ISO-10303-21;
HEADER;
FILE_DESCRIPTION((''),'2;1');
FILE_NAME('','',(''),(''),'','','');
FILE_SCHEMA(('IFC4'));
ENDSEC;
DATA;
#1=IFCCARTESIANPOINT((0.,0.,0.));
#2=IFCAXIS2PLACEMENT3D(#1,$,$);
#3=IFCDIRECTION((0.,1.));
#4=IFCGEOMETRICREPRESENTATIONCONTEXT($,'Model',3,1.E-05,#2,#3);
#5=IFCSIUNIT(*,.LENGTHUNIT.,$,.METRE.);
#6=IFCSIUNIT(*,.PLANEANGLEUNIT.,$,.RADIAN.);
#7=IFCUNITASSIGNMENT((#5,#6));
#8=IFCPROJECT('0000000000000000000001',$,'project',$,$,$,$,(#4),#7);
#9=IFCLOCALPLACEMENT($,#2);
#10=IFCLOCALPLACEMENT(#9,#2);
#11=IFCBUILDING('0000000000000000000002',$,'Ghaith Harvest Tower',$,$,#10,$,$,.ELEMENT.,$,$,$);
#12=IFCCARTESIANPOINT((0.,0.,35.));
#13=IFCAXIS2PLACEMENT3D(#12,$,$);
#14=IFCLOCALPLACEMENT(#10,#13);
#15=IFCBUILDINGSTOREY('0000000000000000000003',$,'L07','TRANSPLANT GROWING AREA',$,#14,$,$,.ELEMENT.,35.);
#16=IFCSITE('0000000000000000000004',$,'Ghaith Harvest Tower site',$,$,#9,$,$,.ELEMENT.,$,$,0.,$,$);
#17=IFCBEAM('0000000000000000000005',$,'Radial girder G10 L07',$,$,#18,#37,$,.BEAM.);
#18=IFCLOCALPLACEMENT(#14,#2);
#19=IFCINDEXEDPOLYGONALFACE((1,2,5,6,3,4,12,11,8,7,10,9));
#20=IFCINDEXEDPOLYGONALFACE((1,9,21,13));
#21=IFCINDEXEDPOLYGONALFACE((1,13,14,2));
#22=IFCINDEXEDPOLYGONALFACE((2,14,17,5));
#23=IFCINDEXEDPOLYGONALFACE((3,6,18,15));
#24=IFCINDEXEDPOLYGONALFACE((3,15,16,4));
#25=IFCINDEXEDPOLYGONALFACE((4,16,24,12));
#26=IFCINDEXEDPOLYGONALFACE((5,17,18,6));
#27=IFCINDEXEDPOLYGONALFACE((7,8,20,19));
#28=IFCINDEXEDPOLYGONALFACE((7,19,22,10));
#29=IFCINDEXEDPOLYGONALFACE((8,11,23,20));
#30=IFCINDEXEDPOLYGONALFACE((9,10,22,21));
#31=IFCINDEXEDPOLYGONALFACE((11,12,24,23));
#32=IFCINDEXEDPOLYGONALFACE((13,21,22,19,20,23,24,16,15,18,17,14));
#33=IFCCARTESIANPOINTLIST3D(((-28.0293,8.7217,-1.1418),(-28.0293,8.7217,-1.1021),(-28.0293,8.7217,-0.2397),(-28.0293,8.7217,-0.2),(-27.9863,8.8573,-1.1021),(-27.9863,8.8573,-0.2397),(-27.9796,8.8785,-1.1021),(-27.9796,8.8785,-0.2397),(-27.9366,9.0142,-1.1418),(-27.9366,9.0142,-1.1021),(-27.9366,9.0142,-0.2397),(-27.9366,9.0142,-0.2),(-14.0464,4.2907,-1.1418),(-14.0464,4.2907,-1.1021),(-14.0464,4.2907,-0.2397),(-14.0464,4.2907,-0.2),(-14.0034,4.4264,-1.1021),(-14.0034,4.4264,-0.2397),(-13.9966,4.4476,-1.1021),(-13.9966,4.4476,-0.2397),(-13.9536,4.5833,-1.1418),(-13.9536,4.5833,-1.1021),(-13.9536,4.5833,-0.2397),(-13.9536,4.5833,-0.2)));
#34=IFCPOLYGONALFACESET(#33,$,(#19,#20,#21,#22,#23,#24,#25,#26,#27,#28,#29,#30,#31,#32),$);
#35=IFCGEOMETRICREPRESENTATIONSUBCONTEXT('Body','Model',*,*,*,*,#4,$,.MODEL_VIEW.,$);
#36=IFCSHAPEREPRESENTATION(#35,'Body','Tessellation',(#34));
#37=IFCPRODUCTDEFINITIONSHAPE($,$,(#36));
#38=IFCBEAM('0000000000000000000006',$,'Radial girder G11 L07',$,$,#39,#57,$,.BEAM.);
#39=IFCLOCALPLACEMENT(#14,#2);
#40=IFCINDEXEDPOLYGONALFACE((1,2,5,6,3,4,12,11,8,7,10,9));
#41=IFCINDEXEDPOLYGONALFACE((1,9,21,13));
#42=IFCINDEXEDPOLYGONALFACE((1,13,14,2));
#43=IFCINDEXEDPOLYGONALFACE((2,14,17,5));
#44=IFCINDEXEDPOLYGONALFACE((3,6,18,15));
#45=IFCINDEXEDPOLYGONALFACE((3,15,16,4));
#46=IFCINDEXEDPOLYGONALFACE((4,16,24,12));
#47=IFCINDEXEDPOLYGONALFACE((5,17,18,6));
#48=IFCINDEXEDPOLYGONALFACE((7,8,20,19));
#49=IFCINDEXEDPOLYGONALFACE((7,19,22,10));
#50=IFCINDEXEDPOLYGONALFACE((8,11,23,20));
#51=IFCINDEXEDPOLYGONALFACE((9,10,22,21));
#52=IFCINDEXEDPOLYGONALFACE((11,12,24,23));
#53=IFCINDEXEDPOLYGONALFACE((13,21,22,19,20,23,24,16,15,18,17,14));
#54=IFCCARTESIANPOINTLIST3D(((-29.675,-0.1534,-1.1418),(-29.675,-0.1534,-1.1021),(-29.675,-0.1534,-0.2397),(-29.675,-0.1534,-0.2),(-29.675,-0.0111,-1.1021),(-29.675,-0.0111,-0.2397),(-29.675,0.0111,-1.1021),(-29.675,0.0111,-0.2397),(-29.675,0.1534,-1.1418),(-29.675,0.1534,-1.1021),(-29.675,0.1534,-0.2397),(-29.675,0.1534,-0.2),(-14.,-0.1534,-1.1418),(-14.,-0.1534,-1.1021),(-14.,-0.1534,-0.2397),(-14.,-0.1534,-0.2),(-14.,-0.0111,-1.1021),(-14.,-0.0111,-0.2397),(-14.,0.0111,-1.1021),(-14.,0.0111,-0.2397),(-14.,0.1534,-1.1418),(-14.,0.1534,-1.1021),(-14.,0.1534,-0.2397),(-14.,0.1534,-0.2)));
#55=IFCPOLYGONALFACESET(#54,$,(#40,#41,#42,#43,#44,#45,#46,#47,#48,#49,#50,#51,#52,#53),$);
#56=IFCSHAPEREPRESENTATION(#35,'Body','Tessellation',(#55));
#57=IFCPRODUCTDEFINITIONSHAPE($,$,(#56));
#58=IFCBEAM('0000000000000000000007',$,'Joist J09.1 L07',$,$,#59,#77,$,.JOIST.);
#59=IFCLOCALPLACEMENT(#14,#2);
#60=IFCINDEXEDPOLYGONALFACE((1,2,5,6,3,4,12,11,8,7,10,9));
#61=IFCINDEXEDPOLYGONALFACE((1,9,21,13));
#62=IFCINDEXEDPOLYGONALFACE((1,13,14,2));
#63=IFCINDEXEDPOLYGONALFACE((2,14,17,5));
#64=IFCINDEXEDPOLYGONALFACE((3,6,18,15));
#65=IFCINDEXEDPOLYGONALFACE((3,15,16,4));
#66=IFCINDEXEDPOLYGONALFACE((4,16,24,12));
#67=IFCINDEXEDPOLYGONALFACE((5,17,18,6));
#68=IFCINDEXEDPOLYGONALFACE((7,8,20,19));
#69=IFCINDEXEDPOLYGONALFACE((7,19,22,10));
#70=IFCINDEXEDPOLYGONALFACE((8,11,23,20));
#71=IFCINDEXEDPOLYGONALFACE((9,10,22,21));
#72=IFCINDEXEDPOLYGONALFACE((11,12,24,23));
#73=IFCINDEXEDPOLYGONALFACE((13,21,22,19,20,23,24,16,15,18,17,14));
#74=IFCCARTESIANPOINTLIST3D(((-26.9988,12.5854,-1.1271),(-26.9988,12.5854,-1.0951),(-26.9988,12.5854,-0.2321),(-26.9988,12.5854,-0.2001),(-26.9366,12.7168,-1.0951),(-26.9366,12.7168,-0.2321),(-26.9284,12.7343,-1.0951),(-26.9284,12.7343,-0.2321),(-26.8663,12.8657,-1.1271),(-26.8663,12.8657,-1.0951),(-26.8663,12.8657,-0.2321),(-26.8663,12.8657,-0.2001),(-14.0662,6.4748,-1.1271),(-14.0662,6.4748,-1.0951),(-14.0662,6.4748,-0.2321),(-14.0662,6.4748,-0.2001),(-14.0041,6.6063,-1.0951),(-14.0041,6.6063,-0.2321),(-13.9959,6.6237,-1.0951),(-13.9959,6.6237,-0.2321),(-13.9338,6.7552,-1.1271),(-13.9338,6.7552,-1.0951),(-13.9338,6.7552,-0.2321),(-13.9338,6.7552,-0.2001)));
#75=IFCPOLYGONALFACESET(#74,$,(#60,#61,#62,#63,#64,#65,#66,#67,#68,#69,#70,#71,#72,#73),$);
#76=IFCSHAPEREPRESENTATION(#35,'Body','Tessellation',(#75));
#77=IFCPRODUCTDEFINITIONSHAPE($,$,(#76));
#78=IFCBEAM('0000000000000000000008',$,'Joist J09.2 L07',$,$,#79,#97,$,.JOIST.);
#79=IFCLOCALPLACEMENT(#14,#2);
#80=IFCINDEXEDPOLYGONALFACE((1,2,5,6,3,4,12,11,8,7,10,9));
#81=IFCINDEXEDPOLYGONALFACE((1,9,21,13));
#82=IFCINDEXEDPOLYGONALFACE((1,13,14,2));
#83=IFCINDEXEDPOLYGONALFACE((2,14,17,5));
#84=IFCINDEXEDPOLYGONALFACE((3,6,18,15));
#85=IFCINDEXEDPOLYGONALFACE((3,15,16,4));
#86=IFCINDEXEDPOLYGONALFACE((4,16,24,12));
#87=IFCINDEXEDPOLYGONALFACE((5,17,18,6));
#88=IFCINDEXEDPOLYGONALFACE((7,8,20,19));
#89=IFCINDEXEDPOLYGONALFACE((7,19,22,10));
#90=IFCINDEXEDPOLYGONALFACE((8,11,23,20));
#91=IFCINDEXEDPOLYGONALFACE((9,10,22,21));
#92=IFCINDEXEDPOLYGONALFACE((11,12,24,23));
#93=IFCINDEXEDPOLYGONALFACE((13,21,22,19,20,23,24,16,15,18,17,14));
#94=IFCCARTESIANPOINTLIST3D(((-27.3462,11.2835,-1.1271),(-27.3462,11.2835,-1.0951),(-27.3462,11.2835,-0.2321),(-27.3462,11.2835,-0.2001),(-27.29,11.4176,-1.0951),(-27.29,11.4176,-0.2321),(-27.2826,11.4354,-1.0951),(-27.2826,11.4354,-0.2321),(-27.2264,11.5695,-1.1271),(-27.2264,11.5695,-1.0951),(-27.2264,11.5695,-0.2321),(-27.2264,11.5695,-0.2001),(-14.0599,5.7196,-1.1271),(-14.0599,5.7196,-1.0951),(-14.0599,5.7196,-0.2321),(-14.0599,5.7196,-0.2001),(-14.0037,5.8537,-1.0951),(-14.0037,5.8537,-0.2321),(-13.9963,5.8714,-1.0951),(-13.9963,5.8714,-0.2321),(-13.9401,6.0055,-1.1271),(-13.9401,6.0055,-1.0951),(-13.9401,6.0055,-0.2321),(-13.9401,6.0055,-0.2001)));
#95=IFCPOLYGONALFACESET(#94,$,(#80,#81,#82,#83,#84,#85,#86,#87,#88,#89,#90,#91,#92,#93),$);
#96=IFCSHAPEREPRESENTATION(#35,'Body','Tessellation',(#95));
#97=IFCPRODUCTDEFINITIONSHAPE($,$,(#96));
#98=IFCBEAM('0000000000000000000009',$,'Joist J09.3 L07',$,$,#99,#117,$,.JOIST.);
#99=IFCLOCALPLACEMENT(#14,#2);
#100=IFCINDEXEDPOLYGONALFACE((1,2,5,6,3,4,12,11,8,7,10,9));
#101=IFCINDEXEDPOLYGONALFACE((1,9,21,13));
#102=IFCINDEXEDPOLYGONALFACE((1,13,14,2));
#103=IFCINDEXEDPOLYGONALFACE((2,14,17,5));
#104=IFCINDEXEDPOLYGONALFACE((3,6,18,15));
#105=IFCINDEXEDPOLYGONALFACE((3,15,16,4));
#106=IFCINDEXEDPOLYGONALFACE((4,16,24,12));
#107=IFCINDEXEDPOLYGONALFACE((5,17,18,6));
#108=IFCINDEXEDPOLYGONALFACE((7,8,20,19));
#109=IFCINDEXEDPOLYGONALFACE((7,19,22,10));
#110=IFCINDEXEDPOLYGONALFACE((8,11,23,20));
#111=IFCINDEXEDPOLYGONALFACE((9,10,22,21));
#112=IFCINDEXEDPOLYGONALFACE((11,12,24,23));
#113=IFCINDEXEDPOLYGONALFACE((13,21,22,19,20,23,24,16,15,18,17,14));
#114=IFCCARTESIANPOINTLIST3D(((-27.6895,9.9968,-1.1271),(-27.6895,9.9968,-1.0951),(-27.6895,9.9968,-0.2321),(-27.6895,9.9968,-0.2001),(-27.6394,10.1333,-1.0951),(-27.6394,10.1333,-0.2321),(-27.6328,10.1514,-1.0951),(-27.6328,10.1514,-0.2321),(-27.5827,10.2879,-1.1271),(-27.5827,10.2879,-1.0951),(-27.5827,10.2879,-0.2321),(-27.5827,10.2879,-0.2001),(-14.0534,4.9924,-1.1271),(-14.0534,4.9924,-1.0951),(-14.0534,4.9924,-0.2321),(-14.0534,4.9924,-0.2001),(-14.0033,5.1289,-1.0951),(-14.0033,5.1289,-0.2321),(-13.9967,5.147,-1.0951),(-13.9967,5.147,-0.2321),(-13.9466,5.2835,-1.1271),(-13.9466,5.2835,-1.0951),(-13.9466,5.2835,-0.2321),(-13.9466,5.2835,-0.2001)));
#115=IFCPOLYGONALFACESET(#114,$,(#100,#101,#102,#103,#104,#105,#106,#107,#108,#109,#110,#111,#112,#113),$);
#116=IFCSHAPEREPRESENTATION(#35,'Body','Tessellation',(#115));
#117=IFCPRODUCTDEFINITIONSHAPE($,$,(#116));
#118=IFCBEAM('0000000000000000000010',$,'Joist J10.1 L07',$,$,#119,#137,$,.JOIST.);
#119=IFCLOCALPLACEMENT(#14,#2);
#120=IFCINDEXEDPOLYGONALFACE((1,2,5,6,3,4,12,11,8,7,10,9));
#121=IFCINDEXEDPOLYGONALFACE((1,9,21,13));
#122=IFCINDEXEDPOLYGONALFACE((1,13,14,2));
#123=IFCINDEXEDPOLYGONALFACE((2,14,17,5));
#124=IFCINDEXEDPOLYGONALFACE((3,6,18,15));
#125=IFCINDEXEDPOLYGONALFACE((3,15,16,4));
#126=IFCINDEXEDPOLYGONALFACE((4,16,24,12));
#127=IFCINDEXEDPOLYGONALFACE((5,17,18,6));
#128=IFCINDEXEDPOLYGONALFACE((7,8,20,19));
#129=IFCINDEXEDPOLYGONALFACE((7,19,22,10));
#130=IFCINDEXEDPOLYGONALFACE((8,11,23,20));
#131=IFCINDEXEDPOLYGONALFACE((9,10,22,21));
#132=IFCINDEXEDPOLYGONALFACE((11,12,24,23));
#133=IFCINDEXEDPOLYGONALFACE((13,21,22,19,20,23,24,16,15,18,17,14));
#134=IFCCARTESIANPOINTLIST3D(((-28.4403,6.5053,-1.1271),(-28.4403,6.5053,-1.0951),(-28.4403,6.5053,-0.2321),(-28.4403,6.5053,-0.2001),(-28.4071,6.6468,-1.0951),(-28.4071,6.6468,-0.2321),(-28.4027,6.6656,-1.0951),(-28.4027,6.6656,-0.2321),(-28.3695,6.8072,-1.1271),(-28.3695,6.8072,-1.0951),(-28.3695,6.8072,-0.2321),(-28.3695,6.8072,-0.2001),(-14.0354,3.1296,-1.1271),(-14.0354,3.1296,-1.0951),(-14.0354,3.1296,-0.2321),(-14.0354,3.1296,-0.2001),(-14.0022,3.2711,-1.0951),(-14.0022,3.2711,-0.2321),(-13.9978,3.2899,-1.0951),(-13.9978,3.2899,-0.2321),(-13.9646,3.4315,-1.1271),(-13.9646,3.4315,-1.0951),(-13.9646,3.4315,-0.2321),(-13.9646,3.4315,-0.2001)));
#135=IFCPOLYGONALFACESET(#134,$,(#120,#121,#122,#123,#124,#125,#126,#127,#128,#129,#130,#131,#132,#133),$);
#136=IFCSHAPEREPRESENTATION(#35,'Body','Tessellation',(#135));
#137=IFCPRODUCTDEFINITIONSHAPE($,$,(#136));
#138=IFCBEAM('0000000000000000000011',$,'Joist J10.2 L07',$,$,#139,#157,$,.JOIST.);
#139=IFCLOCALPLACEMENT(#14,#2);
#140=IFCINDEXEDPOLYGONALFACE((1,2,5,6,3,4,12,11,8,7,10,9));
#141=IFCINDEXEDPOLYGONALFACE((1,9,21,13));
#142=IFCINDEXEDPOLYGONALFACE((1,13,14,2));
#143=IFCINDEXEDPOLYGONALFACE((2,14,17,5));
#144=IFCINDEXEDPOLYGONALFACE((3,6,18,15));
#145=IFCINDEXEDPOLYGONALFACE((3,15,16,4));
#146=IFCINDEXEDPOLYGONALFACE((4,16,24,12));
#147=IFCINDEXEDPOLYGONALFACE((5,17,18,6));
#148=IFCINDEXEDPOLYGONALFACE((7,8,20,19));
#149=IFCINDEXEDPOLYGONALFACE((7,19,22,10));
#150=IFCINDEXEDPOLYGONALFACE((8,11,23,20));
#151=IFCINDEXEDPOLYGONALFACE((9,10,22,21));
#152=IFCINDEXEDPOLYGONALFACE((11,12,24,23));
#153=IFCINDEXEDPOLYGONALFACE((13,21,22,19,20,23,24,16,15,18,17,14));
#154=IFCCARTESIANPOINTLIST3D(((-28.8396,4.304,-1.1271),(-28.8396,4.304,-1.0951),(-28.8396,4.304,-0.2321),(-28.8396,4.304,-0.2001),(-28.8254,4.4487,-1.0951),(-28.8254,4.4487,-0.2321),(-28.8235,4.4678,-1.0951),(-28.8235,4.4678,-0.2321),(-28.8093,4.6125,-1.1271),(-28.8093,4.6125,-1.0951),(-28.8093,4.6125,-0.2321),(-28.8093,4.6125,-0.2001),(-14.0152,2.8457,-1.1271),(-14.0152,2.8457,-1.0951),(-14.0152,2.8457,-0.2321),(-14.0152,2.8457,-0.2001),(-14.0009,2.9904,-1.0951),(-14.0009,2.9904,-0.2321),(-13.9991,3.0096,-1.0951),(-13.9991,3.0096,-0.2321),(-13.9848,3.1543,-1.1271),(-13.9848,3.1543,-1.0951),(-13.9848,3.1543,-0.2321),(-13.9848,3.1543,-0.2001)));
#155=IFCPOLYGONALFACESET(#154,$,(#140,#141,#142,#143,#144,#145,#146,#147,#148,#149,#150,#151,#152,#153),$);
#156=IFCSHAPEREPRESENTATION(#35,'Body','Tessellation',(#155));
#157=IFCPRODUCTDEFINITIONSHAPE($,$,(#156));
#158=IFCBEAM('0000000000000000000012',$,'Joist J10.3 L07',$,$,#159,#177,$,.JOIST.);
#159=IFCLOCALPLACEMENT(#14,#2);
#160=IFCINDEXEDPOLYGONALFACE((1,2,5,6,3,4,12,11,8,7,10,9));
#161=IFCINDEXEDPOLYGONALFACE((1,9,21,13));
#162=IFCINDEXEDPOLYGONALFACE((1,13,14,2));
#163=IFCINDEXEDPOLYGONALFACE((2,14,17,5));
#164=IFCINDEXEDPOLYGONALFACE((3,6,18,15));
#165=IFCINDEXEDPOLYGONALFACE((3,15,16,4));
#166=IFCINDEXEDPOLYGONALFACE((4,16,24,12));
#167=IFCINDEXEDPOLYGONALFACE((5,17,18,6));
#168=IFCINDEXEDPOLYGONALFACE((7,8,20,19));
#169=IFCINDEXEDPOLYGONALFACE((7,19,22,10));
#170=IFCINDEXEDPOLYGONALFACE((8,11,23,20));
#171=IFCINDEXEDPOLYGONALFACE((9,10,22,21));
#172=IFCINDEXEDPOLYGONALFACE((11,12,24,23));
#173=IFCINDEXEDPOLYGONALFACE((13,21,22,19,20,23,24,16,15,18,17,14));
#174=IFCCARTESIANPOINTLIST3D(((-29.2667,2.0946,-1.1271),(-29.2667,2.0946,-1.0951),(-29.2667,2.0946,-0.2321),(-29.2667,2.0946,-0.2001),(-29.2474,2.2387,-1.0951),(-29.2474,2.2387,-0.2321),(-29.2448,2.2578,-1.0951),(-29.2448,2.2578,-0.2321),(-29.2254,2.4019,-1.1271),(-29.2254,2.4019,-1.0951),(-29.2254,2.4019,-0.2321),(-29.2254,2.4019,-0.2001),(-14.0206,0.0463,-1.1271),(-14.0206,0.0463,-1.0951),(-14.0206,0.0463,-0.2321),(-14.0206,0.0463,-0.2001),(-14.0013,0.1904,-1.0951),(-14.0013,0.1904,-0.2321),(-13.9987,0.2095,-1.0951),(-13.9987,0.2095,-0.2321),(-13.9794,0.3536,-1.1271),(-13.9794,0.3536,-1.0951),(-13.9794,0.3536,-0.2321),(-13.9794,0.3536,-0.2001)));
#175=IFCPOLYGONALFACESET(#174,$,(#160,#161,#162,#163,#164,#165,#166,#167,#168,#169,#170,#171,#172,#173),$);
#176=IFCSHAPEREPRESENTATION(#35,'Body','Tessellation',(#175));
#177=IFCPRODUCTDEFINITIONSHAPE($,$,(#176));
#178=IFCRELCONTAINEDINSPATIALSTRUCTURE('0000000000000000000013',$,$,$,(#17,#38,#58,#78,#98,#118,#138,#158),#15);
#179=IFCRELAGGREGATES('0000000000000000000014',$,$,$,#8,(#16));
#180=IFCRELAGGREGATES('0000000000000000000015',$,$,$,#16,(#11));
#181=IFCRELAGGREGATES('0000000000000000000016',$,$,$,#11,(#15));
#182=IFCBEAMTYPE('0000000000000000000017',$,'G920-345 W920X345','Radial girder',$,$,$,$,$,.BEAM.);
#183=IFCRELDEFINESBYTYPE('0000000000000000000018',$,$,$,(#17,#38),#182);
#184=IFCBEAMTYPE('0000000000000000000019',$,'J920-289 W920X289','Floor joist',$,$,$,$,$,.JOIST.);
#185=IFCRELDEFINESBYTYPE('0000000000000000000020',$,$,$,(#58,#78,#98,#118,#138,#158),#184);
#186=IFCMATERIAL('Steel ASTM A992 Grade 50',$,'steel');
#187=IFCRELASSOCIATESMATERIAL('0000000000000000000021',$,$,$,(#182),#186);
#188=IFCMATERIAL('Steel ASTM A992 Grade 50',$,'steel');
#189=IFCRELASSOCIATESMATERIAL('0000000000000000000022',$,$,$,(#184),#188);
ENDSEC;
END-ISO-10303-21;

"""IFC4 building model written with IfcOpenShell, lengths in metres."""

from ifc_helpers import new_model, si_unit, direction, frame, origin, origin_2d, place, context, subcontext, project, spatial, i_section, extrude, material, material_profile, profile_set, type_object, element, save


model = new_model("IFC4")

# Units and contexts
model_context = context("Model", 3, precision=1e-05, world=origin(), true_north=direction((0.0, 1.0)))
body_context = subcontext(model_context, "Body", "Model", "MODEL_VIEW")
ifc_project = project(units=[si_unit("LENGTHUNIT", "METRE"), si_unit("PLANEANGLEUNIT", "RADIAN")], contexts=[model_context])

# Site, building, storey
site_placement = place(None, origin())
site = spatial("IfcSite", under=ifc_project, at=site_placement, Name="Ghaith Harvest Tower site", CompositionType="ELEMENT", RefElevation=0.0)
building_placement = place(site_placement, origin())
building = spatial("IfcBuilding", under=site, at=building_placement, Name="Ghaith Harvest Tower", CompositionType="ELEMENT")
storey_placement = place(building_placement, frame((0.0, 0.0, 35.0)))
storey = spatial("IfcBuildingStorey", under=building, at=storey_placement, Name="L07", Description="TRANSPLANT GROWING AREA", CompositionType="ELEMENT", Elevation=35.0)

# Beams
ifc_material_1 = material(Name="Steel ASTM A992 Grade 50", Category="steel")
ifc_material_profile_1 = material_profile(ifc_material_1, i_section(OverallWidth=0.3069, OverallDepth=0.9419, WebThickness=0.0222, FlangeThickness=0.0398, at=origin_2d()), Name="W920X345")
ifc_profile_set_1 = profile_set([ifc_material_profile_1], Name="Steel ASTM A992 Grade 50")
beam_type_1 = type_object("IfcBeamType", Name="G920-345 W920X345", Description="Radial girder", PredefinedType="BEAM", material=ifc_profile_set_1)
beam_1_placement = place(storey_placement, frame((-14.0, 4.437, -0.6709), z_axis=(-0.953284, 0.302077, 0.0), x_axis=(-0.302077, -0.953284, 0.0)))
element("IfcBeam", 1, at=beam_1_placement, inside=storey, type_object=beam_type_1, Name="Radial girder G10 L07", PredefinedType="BEAM", context=body_context, shape_type="SweptSolid", body=[
    extrude(i_section(OverallWidth=0.3069, OverallDepth=0.9419, WebThickness=0.0222, FlangeThickness=0.0398, at=origin_2d()), origin(), (0.0, 0.0, 1.0), 14.6682),
])
beam_2_placement = place(storey_placement, frame((-14.0, 0.0, -0.6709), z_axis=(-1.0, 0.0, 0.0), x_axis=(0.0, -1.0, 0.0)))
element("IfcBeam", 2, at=beam_2_placement, inside=storey, type_object=beam_type_1, Name="Radial girder G11 L07", PredefinedType="BEAM", context=body_context, shape_type="SweptSolid", body=[
    extrude(i_section(OverallWidth=0.3069, OverallDepth=0.9419, WebThickness=0.0222, FlangeThickness=0.0398, at=origin_2d()), origin(), (0.0, 0.0, 1.0), 15.675),
])
ifc_material_2 = material(Name="Steel ASTM A992 Grade 50", Category="steel")
ifc_material_profile_2 = material_profile(ifc_material_2, i_section(OverallWidth=0.3101, OverallDepth=0.927, WebThickness=0.0193, FlangeThickness=0.032, at=origin_2d()), Name="W920X289")
ifc_profile_set_2 = profile_set([ifc_material_profile_2], Name="Steel ASTM A992 Grade 50")
beam_type_2 = type_object("IfcBeamType", Name="J920-289 W920X289", Description="Floor joist", PredefinedType="JOIST", material=ifc_profile_set_2)
beam_3_placement = place(storey_placement, frame((-14.0, 6.615, -0.6636), z_axis=(-0.904153, 0.427208, 0.0), x_axis=(-0.427208, -0.904153, 0.0)))
element("IfcBeam", 3, at=beam_3_placement, inside=storey, type_object=beam_type_2, Name="Joist J09.1 L07", PredefinedType="JOIST", context=body_context, shape_type="SweptSolid", body=[
    extrude(i_section(OverallWidth=0.3101, OverallDepth=0.927, WebThickness=0.0193, FlangeThickness=0.032, at=origin_2d()), origin(), (0.0, 0.0, 1.0), 14.3035),
])
beam_4_placement = place(storey_placement, frame((-14.0, 5.8625, -0.6636), z_axis=(-0.922386, 0.38627, 0.0), x_axis=(-0.38627, -0.922386, 0.0)))
element("IfcBeam", 4, at=beam_4_placement, inside=storey, type_object=beam_type_2, Name="Joist J09.2 L07", PredefinedType="JOIST", context=body_context, shape_type="SweptSolid", body=[
    extrude(i_section(OverallWidth=0.3101, OverallDepth=0.927, WebThickness=0.0193, FlangeThickness=0.032, at=origin_2d()), origin(), (0.0, 0.0, 1.0), 14.4043),
])
beam_5_placement = place(storey_placement, frame((-14.0, 5.1379, -0.6636), z_axis=(-0.938775, 0.34453, 0.0), x_axis=(-0.34453, -0.938775, 0.0)))
element("IfcBeam", 5, at=beam_5_placement, inside=storey, type_object=beam_type_2, Name="Joist J09.3 L07", PredefinedType="JOIST", context=body_context, shape_type="SweptSolid", body=[
    extrude(i_section(OverallWidth=0.3101, OverallDepth=0.927, WebThickness=0.0193, FlangeThickness=0.032, at=origin_2d()), origin(), (0.0, 0.0, 1.0), 14.5254),
])
beam_6_placement = place(storey_placement, frame((-14.0, 3.2805, -0.6636), z_axis=(-0.973623, 0.228163, 0.0), x_axis=(-0.228163, -0.973623, 0.0)))
element("IfcBeam", 6, at=beam_6_placement, inside=storey, type_object=beam_type_2, Name="Joist J10.1 L07", PredefinedType="JOIST", context=body_context, shape_type="SweptSolid", body=[
    extrude(i_section(OverallWidth=0.3101, OverallDepth=0.927, WebThickness=0.0193, FlangeThickness=0.032, at=origin_2d()), origin(), (0.0, 0.0, 1.0), 14.7952),
])
beam_7_placement = place(storey_placement, frame((-14.0, 3.0, -0.6636), z_axis=(-0.995197, 0.097895, 0.0), x_axis=(-0.097895, -0.995197, 0.0)))
element("IfcBeam", 7, at=beam_7_placement, inside=storey, type_object=beam_type_2, Name="Joist J10.2 L07", PredefinedType="JOIST", context=body_context, shape_type="SweptSolid", body=[
    extrude(i_section(OverallWidth=0.3101, OverallDepth=0.927, WebThickness=0.0193, FlangeThickness=0.032, at=origin_2d()), origin(), (0.0, 0.0, 1.0), 14.896),
])
beam_8_placement = place(storey_placement, frame((-14.0, 0.2, -0.6636), z_axis=(-0.991095, 0.133155, 0.0), x_axis=(-0.133155, -0.991095, 0.0)))
element("IfcBeam", 8, at=beam_8_placement, inside=storey, type_object=beam_type_2, Name="Joist J10.3 L07", PredefinedType="JOIST", context=body_context, shape_type="SweptSolid", body=[
    extrude(i_section(OverallWidth=0.3101, OverallDepth=0.927, WebThickness=0.0193, FlangeThickness=0.032, at=origin_2d()), origin(), (0.0, 0.0, 1.0), 15.3831),
])

save(model, "model.ifc")
